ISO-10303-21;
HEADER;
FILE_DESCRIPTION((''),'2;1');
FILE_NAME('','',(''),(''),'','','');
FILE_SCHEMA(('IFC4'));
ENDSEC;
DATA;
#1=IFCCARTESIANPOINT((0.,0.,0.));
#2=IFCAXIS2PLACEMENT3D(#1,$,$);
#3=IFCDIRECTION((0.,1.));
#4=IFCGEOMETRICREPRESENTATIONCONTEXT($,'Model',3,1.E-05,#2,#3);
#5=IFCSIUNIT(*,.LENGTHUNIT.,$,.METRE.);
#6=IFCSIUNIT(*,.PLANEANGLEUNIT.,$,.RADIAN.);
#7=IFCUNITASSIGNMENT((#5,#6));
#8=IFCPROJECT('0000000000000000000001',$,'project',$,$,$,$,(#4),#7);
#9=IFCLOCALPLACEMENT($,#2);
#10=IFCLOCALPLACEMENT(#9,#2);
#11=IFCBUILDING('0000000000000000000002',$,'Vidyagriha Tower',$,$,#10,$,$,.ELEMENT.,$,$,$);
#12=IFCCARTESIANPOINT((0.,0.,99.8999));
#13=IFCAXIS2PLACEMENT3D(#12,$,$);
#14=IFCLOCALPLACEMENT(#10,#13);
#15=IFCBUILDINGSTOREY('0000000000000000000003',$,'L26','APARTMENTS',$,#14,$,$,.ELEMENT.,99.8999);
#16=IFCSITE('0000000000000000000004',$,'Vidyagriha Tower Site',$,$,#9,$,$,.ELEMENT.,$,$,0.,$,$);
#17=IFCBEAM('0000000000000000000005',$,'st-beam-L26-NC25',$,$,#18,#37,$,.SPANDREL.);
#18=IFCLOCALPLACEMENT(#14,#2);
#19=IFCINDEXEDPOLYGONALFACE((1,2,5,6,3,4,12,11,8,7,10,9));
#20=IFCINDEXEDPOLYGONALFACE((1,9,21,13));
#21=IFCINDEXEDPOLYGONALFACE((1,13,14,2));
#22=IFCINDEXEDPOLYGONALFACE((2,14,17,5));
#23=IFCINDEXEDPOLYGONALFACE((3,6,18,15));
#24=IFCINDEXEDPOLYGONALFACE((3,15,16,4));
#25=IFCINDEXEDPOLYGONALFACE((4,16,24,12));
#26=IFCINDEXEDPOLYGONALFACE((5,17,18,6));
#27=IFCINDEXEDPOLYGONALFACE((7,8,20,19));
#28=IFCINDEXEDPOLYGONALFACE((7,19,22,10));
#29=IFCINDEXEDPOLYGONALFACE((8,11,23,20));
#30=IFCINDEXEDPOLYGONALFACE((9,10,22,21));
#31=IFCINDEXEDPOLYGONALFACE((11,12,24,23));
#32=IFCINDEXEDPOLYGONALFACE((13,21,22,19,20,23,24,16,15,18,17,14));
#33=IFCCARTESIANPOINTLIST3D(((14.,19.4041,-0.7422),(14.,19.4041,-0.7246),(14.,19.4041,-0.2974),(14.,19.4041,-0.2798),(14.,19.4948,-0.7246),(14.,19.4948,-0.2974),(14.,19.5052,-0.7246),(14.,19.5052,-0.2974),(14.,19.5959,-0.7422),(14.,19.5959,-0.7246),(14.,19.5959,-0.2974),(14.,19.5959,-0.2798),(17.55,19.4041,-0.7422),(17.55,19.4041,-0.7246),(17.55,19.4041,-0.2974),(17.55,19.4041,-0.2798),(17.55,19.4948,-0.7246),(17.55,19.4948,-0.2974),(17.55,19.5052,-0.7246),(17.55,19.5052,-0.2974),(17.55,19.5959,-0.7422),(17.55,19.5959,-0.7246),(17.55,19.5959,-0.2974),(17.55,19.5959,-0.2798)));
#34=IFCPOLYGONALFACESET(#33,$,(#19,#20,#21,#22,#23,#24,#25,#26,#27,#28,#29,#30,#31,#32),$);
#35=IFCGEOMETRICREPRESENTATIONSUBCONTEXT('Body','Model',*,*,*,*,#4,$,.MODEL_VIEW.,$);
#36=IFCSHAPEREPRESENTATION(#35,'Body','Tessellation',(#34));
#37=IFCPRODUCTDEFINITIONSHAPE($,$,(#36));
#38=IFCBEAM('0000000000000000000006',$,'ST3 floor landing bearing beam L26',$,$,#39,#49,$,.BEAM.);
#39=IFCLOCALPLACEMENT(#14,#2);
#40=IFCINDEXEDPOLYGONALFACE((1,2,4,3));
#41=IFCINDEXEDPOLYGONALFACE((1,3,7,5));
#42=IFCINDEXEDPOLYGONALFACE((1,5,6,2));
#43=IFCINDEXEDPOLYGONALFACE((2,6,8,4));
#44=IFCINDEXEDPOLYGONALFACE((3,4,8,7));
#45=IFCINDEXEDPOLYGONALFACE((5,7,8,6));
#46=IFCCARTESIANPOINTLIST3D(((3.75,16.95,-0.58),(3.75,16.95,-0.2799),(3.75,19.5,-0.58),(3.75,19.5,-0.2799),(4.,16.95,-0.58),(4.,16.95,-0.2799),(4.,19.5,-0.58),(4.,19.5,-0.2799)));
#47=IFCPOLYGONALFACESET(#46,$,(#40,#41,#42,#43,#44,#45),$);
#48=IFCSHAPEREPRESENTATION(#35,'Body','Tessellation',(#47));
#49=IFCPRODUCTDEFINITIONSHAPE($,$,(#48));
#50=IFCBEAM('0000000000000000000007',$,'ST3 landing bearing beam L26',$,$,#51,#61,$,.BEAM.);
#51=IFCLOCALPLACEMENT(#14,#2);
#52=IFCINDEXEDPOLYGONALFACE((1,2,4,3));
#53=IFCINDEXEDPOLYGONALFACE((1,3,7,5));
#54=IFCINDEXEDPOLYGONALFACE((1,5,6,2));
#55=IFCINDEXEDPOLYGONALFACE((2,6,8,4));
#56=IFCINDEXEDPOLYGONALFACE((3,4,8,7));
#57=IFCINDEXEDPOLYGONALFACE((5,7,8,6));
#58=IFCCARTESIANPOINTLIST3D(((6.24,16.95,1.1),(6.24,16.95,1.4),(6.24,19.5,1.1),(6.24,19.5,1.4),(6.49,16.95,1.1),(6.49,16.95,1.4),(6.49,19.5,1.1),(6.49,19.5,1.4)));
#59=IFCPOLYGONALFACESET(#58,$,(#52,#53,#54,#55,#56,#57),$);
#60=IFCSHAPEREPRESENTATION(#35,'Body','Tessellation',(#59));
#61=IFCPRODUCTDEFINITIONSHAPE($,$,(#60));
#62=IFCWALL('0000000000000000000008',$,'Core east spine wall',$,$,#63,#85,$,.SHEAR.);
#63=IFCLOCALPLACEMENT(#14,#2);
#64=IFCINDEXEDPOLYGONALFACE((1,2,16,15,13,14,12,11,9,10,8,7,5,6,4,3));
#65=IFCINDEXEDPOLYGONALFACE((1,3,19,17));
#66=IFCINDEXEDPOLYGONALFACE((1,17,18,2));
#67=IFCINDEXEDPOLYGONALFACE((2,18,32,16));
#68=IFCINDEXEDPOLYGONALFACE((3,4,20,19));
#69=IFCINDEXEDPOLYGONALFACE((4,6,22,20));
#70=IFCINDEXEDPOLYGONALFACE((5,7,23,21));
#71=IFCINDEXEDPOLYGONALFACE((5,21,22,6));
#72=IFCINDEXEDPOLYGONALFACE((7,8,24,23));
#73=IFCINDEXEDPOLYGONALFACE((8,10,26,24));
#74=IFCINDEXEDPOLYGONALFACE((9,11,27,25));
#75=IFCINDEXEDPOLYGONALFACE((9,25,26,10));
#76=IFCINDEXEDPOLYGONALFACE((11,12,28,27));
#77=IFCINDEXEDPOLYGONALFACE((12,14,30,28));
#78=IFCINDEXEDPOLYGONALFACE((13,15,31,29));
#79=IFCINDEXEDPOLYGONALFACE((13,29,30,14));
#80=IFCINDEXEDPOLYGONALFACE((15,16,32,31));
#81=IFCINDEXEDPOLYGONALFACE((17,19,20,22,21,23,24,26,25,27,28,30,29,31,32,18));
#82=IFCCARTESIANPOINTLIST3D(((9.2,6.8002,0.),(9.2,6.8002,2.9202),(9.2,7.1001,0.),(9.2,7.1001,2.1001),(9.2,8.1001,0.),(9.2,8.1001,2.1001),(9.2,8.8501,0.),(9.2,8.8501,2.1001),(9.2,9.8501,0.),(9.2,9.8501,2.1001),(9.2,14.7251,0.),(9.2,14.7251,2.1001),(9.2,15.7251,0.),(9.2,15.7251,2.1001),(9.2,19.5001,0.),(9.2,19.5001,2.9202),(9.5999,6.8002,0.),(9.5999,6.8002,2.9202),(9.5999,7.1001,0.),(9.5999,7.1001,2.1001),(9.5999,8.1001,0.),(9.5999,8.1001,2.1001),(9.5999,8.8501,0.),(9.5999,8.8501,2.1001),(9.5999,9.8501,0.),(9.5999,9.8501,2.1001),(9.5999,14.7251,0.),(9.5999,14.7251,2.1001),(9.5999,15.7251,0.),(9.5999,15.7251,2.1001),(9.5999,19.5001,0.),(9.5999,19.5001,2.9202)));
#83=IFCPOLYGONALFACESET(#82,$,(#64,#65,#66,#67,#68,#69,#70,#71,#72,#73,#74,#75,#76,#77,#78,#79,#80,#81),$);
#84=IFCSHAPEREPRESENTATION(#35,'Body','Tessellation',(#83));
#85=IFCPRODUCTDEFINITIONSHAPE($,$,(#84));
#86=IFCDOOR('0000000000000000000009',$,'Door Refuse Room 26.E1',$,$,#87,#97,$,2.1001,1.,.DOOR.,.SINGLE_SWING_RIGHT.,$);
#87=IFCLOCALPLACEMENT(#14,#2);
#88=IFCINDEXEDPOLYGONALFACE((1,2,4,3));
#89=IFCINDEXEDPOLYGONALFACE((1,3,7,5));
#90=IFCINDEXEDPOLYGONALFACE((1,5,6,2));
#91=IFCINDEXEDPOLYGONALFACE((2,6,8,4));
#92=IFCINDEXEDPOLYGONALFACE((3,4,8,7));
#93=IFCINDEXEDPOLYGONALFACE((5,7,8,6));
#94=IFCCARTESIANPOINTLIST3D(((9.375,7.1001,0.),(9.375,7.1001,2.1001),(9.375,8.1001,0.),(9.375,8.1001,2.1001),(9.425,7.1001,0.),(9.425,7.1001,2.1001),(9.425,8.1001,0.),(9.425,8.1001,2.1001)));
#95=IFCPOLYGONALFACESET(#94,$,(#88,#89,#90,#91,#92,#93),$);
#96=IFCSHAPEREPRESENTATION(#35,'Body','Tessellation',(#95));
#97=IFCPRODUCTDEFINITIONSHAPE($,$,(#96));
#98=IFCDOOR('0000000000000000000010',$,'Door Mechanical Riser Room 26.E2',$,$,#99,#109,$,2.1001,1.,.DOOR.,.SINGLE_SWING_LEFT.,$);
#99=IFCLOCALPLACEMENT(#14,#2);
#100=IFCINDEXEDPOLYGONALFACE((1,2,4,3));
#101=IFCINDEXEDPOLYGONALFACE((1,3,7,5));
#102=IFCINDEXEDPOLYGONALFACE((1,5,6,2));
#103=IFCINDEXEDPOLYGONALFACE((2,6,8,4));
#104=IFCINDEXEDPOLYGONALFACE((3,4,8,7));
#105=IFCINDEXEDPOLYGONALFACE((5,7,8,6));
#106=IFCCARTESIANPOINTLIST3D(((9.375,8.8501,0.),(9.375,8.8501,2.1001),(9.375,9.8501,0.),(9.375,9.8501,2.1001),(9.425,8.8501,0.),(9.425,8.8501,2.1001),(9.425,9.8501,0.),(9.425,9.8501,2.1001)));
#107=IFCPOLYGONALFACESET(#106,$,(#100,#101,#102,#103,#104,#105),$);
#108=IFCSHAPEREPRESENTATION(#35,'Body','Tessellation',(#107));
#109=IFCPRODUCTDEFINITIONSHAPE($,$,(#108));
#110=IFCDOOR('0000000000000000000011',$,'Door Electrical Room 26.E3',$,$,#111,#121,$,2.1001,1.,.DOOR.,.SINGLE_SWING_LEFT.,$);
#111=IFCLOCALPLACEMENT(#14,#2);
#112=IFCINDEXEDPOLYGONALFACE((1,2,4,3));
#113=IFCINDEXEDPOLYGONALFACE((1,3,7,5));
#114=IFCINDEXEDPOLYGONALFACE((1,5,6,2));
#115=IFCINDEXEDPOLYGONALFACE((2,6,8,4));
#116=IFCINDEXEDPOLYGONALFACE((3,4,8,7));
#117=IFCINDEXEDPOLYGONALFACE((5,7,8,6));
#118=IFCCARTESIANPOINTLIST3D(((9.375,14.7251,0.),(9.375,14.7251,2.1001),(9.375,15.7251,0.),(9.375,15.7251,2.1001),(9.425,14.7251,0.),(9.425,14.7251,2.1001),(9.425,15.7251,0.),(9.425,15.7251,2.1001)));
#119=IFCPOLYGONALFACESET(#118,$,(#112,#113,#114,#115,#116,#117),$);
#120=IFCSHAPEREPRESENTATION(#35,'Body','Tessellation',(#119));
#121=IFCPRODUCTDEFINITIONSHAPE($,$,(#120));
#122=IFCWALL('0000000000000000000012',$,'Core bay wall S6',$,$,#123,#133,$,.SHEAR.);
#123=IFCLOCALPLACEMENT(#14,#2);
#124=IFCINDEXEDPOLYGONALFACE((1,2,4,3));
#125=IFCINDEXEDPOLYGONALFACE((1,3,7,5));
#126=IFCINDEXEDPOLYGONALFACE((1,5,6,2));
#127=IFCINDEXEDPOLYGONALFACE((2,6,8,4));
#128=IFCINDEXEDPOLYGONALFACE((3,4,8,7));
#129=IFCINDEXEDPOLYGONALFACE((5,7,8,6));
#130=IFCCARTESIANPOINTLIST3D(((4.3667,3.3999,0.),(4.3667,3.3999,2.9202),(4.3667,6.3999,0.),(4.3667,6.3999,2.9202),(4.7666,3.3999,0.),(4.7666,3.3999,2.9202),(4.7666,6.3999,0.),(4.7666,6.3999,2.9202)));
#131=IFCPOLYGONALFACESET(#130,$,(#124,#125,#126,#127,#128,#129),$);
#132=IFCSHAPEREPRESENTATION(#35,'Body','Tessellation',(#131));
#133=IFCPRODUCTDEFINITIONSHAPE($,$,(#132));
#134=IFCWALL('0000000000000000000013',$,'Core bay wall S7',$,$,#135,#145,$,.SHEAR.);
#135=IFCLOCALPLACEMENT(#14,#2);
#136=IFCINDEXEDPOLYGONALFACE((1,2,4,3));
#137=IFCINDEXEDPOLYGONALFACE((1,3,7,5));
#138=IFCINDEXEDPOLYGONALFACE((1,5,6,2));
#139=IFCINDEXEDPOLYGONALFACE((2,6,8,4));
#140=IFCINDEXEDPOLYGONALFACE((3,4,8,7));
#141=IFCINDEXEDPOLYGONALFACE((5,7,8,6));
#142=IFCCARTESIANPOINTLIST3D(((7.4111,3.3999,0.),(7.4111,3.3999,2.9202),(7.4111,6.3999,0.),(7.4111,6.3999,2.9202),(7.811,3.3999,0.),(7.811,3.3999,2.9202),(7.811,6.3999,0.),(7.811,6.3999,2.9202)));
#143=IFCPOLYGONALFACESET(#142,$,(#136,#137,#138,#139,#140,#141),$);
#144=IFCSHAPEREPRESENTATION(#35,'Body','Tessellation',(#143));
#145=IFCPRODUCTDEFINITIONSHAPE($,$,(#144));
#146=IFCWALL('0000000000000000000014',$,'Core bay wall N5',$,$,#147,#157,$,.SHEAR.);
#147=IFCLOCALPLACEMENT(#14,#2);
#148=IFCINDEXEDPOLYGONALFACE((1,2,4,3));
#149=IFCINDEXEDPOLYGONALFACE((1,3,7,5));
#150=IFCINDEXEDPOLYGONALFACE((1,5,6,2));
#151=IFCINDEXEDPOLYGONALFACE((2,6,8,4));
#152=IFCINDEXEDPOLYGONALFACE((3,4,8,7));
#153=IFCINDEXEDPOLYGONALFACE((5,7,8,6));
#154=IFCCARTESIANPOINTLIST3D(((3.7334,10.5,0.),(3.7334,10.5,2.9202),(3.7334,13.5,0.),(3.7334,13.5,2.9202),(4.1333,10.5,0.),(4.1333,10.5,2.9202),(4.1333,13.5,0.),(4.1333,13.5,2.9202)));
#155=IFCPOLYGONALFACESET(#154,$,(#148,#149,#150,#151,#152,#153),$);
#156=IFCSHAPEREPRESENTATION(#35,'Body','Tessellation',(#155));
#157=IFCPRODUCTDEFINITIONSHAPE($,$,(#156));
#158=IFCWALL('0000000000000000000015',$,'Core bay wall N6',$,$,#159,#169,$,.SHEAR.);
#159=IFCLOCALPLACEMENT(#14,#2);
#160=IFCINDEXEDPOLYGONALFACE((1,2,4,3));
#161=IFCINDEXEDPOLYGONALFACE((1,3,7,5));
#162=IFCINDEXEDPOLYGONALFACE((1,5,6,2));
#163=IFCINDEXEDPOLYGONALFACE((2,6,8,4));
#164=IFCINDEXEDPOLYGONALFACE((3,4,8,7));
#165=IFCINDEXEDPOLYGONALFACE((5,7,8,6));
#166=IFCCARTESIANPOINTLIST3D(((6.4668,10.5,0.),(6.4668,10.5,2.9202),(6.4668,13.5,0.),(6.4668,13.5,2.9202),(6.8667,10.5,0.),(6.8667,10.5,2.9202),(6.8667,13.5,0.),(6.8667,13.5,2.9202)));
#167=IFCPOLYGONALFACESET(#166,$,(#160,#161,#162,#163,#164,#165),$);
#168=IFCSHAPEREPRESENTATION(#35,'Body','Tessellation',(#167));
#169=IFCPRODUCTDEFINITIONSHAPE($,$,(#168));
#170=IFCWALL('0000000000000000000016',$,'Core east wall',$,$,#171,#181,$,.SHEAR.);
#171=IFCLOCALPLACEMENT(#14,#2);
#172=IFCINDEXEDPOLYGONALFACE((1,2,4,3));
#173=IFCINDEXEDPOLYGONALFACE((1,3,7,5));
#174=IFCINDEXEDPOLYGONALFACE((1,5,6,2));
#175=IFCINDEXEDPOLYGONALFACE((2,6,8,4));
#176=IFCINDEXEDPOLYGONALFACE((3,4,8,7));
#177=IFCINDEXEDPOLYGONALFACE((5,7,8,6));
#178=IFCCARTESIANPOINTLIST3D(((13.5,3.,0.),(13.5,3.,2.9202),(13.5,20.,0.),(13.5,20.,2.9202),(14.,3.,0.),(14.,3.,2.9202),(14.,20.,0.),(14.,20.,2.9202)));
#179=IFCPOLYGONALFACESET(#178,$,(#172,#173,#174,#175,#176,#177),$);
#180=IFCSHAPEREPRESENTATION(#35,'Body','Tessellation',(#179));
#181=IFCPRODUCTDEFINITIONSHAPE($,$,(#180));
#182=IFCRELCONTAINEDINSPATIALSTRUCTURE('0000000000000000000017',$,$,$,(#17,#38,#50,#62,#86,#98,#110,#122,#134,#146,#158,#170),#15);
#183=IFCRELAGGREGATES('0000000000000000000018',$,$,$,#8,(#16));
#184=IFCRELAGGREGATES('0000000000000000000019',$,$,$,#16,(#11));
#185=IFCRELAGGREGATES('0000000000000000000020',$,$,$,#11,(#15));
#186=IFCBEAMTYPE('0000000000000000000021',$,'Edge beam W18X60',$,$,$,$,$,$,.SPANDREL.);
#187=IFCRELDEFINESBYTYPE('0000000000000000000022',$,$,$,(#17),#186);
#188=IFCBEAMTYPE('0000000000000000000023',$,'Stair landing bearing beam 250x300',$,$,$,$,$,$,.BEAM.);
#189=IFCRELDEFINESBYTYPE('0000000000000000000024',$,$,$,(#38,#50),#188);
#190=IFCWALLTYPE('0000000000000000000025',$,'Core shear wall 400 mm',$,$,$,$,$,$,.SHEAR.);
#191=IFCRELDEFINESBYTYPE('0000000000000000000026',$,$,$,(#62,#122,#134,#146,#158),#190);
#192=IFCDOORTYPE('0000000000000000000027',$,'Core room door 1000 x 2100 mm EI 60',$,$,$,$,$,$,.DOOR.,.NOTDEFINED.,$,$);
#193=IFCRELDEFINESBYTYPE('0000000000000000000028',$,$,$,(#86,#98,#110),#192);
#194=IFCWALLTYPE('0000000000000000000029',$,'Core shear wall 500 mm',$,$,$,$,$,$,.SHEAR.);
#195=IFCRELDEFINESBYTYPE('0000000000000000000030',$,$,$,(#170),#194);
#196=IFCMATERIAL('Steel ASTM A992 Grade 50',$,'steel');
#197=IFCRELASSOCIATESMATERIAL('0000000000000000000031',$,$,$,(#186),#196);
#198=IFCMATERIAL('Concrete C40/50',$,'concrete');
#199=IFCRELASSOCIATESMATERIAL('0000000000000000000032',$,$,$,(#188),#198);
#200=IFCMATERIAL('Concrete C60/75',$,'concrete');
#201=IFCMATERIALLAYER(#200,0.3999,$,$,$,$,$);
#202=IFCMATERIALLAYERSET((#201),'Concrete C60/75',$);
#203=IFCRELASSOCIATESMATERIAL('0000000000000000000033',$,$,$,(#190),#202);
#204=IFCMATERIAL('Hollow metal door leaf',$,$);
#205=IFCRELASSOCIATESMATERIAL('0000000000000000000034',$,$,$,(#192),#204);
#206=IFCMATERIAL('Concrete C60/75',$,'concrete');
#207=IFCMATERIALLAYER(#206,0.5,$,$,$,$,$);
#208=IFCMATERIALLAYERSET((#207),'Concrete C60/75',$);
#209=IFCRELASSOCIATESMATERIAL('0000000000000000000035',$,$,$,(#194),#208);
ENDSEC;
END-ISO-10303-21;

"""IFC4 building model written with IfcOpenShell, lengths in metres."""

from ifc_helpers import new_model, si_unit, direction, frame, frame_2d, origin, origin_2d, place, context, subcontext, project, spatial, rectangle, i_section, extrude, material, layer, layer_set, material_profile, profile_set, type_object, element, fill, save


model = new_model("IFC4")

# Units and contexts
model_context = context("Model", 3, precision=1e-05, world=origin(), true_north=direction((0.0, 1.0)))
body_context = subcontext(model_context, "Body", "Model", "MODEL_VIEW")
ifc_project = project(units=[si_unit("LENGTHUNIT", "METRE"), si_unit("PLANEANGLEUNIT", "RADIAN")], contexts=[model_context])

# Site, building, storey
site_placement = place(None, origin())
site = spatial("IfcSite", under=ifc_project, at=site_placement, Name="Vidyagriha Tower Site", CompositionType="ELEMENT", RefElevation=0.0)
building_placement = place(site_placement, origin())
building = spatial("IfcBuilding", under=site, at=building_placement, Name="Vidyagriha Tower", CompositionType="ELEMENT")
storey_placement = place(building_placement, frame((0.0, 0.0, 99.8999)))
storey = spatial("IfcBuildingStorey", under=building, at=storey_placement, Name="L26", Description="APARTMENTS", CompositionType="ELEMENT", Elevation=99.8999)

# Beams
ifc_material_1 = material(Name="Steel ASTM A992 Grade 50", Category="steel")
ifc_material_profile_1 = material_profile(ifc_material_1, i_section(OverallWidth=0.1919, OverallDepth=0.4624, WebThickness=0.0105, FlangeThickness=0.0176, at=origin_2d()), Name="W18X60")
ifc_profile_set_1 = profile_set([ifc_material_profile_1], Name="Steel ASTM A992 Grade 50")
beam_type_1 = type_object("IfcBeamType", Name="Edge beam W18X60", PredefinedType="SPANDREL", material=ifc_profile_set_1)
beam_placement = place(storey_placement, frame((14.0, 19.5, -0.511), z_axis=(1.0, 0.0, 0.0), x_axis=(0.0, 1.0, 0.0)))
element("IfcBeam", 1, at=beam_placement, inside=storey, type_object=beam_type_1, Name="st-beam-L26-NC25", PredefinedType="SPANDREL", context=body_context, shape_type="SweptSolid", body=[
    extrude(i_section(OverallWidth=0.1919, OverallDepth=0.4624, WebThickness=0.0105, FlangeThickness=0.0176, at=origin_2d()), origin(), (0.0, 0.0, 1.0), 3.55),
])
ifc_material_2 = material(Name="Concrete C40/50", Category="concrete")
ifc_material_profile_2 = material_profile(ifc_material_2, rectangle(XDim=0.25, YDim=0.3, at=origin_2d()), Name="Stair landing bearing beam 250x300")
ifc_profile_set_2 = profile_set([ifc_material_profile_2], Name="Concrete C40/50")
beam_type_2 = type_object("IfcBeamType", Name="Stair landing bearing beam 250x300", PredefinedType="BEAM", material=ifc_profile_set_2)
for number, where, z_axis, x_axis, name in (
    (2, (3.875, 16.95, -0.4299), (0.0, 1.0, 0.0), (-1.0, 0.0, 0.0), "ST3 floor landing bearing beam L26"),
    (3, (6.365, 16.95, 1.25), (0.0, 1.0, 0.0), (-1.0, 0.0, 0.0), "ST3 landing bearing beam L26"),
):
    element("IfcBeam", number, at=place(storey_placement, frame(where, z_axis=z_axis, x_axis=x_axis)), inside=storey, type_object=beam_type_2, Name=name, PredefinedType="BEAM", context=body_context, shape_type="SweptSolid", body=[
        extrude(rectangle(XDim=0.25, YDim=0.3, at=origin_2d()), origin(), (0.0, 0.0, 1.0), 2.55),
    ])

# Wall, openings, doors
ifc_material_3 = material(Name="Concrete C60/75", Category="concrete")
ifc_layer_1 = layer(ifc_material_3, 0.3999)
ifc_layer_set_1 = layer_set([ifc_layer_1], Name="Concrete C60/75")
wall_type_1 = type_object("IfcWallType", Name="Core shear wall 400 mm", PredefinedType="SHEAR", material=ifc_layer_set_1)
wall_1_placement = place(storey_placement, frame((9.3999, 6.8, 0.0), z_axis=(0.0, 0.0, 1.0), x_axis=(0.0, 1.0, 0.0)))
wall_1 = element("IfcWall", 4, at=wall_1_placement, inside=storey, type_object=wall_type_1, Name="Core east spine wall", PredefinedType="SHEAR", context=body_context, shape_type="SweptSolid", body=[
    extrude(rectangle(XDim=12.7, YDim=0.3999, at=frame_2d((6.3501, 0.0))), origin(), (0.0, 0.0, 1.0), 2.9202),
])
opening_1_placement = place(wall_1_placement, frame((0.3, 0.0, 0.0)))
opening_1 = element("IfcOpeningElement", 5, at=opening_1_placement, cuts=wall_1, PredefinedType="OPENING", context=body_context, shape_type="SweptSolid", body=[
    extrude(rectangle(XDim=1.0, YDim=2.1001, at=frame_2d((0.5, 1.05))), frame((0.0, 0.21, 0.0), z_axis=(0.0, -1.0, 0.0), x_axis=(1.0, 0.0, 0.0)), (0.0, 0.0, 1.0), 0.4199),
])
opening_2_placement = place(wall_1_placement, frame((2.05, 0.0, 0.0)))
opening_2 = element("IfcOpeningElement", 6, at=opening_2_placement, cuts=wall_1, PredefinedType="OPENING", context=body_context, shape_type="SweptSolid", body=[
    extrude(rectangle(XDim=1.0, YDim=2.1001, at=frame_2d((0.5, 1.05))), frame((0.0, 0.21, 0.0), z_axis=(0.0, -1.0, 0.0), x_axis=(1.0, 0.0, 0.0)), (0.0, 0.0, 1.0), 0.4199),
])
opening_3_placement = place(wall_1_placement, frame((7.925, 0.0, 0.0)))
opening_3 = element("IfcOpeningElement", 7, at=opening_3_placement, cuts=wall_1, PredefinedType="OPENING", context=body_context, shape_type="SweptSolid", body=[
    extrude(rectangle(XDim=1.0, YDim=2.1001, at=frame_2d((0.5, 1.05))), frame((0.0, 0.21, 0.0), z_axis=(0.0, -1.0, 0.0), x_axis=(1.0, 0.0, 0.0)), (0.0, 0.0, 1.0), 0.4199),
])
ifc_material_4 = material(Name="Hollow metal door leaf")
door_type_1 = type_object("IfcDoorType", Name="Core room door 1000 x 2100 mm EI 60", OperationType="NOTDEFINED", PredefinedType="DOOR", material=ifc_material_4)
door_1_placement = place(opening_1_placement, origin())
door_1 = element("IfcDoor", 8, at=door_1_placement, inside=storey, type_object=door_type_1, Name="Door Refuse Room 26.E1", OperationType="SINGLE_SWING_RIGHT", OverallHeight=2.1001, OverallWidth=1.0, PredefinedType="DOOR", context=body_context, shape_type="SweptSolid", body=[
    extrude(rectangle(XDim=1.0, YDim=2.1001, at=frame_2d((0.5, 1.05))), frame((0.0, 0.0249, 0.0), z_axis=(0.0, -1.0, 0.0), x_axis=(1.0, 0.0, 0.0)), (0.0, 0.0, 1.0), 0.05),
])
fill(opening_1, door_1)
door_2_placement = place(opening_2_placement, origin())
door_2 = element("IfcDoor", 9, at=door_2_placement, inside=storey, type_object=door_type_1, Name="Door Mechanical Riser Room 26.E2", OperationType="SINGLE_SWING_LEFT", OverallHeight=2.1001, OverallWidth=1.0, PredefinedType="DOOR", context=body_context, shape_type="SweptSolid", body=[
    extrude(rectangle(XDim=1.0, YDim=2.1001, at=frame_2d((0.5, 1.05))), frame((0.0, 0.0249, 0.0), z_axis=(0.0, -1.0, 0.0), x_axis=(1.0, 0.0, 0.0)), (0.0, 0.0, 1.0), 0.05),
])
fill(opening_2, door_2)
door_3_placement = place(opening_3_placement, origin())
door_3 = element("IfcDoor", 10, at=door_3_placement, inside=storey, type_object=door_type_1, Name="Door Electrical Room 26.E3", OperationType="SINGLE_SWING_LEFT", OverallHeight=2.1001, OverallWidth=1.0, PredefinedType="DOOR", context=body_context, shape_type="SweptSolid", body=[
    extrude(rectangle(XDim=1.0, YDim=2.1001, at=frame_2d((0.5, 1.05))), frame((0.0, 0.0249, 0.0), z_axis=(0.0, -1.0, 0.0), x_axis=(1.0, 0.0, 0.0)), (0.0, 0.0, 1.0), 0.05),
])
fill(opening_3, door_3)

# Walls
for number, where, z_axis, x_axis, name in (
    (11, (4.5667, 3.3999, 0.0), (0.0, 0.0, 1.0), (0.0, 1.0, 0.0), "Core bay wall S6"),
    (12, (7.6111, 3.3999, 0.0), (0.0, 0.0, 1.0), (0.0, 1.0, 0.0), "Core bay wall S7"),
    (13, (3.9333, 10.5, 0.0), (0.0, 0.0, 1.0), (0.0, 1.0, 0.0), "Core bay wall N5"),
    (14, (6.6667, 10.5, 0.0), (0.0, 0.0, 1.0), (0.0, 1.0, 0.0), "Core bay wall N6"),
):
    element("IfcWall", number, at=place(storey_placement, frame(where, z_axis=z_axis, x_axis=x_axis)), inside=storey, type_object=wall_type_1, Name=name, PredefinedType="SHEAR", context=body_context, shape_type="SweptSolid", body=[
        extrude(rectangle(XDim=3.0, YDim=0.3999, at=frame_2d((1.5, 0.0))), origin(), (0.0, 0.0, 1.0), 2.9202),
    ])
ifc_material_5 = material(Name="Concrete C60/75", Category="concrete")
ifc_layer_2 = layer(ifc_material_5, 0.5)
ifc_layer_set_2 = layer_set([ifc_layer_2], Name="Concrete C60/75")
wall_type_2 = type_object("IfcWallType", Name="Core shear wall 500 mm", PredefinedType="SHEAR", material=ifc_layer_set_2)
wall_2_placement = place(storey_placement, frame((13.75, 3.0, 0.0), z_axis=(0.0, 0.0, 1.0), x_axis=(0.0, 1.0, 0.0)))
element("IfcWall", 15, at=wall_2_placement, inside=storey, type_object=wall_type_2, Name="Core east wall", PredefinedType="SHEAR", context=body_context, shape_type="SweptSolid", body=[
    extrude(rectangle(XDim=17.0, YDim=0.5, at=frame_2d((8.5, 0.0))), origin(), (0.0, 0.0, 1.0), 2.9202),
])

save(model, "model.ifc")
